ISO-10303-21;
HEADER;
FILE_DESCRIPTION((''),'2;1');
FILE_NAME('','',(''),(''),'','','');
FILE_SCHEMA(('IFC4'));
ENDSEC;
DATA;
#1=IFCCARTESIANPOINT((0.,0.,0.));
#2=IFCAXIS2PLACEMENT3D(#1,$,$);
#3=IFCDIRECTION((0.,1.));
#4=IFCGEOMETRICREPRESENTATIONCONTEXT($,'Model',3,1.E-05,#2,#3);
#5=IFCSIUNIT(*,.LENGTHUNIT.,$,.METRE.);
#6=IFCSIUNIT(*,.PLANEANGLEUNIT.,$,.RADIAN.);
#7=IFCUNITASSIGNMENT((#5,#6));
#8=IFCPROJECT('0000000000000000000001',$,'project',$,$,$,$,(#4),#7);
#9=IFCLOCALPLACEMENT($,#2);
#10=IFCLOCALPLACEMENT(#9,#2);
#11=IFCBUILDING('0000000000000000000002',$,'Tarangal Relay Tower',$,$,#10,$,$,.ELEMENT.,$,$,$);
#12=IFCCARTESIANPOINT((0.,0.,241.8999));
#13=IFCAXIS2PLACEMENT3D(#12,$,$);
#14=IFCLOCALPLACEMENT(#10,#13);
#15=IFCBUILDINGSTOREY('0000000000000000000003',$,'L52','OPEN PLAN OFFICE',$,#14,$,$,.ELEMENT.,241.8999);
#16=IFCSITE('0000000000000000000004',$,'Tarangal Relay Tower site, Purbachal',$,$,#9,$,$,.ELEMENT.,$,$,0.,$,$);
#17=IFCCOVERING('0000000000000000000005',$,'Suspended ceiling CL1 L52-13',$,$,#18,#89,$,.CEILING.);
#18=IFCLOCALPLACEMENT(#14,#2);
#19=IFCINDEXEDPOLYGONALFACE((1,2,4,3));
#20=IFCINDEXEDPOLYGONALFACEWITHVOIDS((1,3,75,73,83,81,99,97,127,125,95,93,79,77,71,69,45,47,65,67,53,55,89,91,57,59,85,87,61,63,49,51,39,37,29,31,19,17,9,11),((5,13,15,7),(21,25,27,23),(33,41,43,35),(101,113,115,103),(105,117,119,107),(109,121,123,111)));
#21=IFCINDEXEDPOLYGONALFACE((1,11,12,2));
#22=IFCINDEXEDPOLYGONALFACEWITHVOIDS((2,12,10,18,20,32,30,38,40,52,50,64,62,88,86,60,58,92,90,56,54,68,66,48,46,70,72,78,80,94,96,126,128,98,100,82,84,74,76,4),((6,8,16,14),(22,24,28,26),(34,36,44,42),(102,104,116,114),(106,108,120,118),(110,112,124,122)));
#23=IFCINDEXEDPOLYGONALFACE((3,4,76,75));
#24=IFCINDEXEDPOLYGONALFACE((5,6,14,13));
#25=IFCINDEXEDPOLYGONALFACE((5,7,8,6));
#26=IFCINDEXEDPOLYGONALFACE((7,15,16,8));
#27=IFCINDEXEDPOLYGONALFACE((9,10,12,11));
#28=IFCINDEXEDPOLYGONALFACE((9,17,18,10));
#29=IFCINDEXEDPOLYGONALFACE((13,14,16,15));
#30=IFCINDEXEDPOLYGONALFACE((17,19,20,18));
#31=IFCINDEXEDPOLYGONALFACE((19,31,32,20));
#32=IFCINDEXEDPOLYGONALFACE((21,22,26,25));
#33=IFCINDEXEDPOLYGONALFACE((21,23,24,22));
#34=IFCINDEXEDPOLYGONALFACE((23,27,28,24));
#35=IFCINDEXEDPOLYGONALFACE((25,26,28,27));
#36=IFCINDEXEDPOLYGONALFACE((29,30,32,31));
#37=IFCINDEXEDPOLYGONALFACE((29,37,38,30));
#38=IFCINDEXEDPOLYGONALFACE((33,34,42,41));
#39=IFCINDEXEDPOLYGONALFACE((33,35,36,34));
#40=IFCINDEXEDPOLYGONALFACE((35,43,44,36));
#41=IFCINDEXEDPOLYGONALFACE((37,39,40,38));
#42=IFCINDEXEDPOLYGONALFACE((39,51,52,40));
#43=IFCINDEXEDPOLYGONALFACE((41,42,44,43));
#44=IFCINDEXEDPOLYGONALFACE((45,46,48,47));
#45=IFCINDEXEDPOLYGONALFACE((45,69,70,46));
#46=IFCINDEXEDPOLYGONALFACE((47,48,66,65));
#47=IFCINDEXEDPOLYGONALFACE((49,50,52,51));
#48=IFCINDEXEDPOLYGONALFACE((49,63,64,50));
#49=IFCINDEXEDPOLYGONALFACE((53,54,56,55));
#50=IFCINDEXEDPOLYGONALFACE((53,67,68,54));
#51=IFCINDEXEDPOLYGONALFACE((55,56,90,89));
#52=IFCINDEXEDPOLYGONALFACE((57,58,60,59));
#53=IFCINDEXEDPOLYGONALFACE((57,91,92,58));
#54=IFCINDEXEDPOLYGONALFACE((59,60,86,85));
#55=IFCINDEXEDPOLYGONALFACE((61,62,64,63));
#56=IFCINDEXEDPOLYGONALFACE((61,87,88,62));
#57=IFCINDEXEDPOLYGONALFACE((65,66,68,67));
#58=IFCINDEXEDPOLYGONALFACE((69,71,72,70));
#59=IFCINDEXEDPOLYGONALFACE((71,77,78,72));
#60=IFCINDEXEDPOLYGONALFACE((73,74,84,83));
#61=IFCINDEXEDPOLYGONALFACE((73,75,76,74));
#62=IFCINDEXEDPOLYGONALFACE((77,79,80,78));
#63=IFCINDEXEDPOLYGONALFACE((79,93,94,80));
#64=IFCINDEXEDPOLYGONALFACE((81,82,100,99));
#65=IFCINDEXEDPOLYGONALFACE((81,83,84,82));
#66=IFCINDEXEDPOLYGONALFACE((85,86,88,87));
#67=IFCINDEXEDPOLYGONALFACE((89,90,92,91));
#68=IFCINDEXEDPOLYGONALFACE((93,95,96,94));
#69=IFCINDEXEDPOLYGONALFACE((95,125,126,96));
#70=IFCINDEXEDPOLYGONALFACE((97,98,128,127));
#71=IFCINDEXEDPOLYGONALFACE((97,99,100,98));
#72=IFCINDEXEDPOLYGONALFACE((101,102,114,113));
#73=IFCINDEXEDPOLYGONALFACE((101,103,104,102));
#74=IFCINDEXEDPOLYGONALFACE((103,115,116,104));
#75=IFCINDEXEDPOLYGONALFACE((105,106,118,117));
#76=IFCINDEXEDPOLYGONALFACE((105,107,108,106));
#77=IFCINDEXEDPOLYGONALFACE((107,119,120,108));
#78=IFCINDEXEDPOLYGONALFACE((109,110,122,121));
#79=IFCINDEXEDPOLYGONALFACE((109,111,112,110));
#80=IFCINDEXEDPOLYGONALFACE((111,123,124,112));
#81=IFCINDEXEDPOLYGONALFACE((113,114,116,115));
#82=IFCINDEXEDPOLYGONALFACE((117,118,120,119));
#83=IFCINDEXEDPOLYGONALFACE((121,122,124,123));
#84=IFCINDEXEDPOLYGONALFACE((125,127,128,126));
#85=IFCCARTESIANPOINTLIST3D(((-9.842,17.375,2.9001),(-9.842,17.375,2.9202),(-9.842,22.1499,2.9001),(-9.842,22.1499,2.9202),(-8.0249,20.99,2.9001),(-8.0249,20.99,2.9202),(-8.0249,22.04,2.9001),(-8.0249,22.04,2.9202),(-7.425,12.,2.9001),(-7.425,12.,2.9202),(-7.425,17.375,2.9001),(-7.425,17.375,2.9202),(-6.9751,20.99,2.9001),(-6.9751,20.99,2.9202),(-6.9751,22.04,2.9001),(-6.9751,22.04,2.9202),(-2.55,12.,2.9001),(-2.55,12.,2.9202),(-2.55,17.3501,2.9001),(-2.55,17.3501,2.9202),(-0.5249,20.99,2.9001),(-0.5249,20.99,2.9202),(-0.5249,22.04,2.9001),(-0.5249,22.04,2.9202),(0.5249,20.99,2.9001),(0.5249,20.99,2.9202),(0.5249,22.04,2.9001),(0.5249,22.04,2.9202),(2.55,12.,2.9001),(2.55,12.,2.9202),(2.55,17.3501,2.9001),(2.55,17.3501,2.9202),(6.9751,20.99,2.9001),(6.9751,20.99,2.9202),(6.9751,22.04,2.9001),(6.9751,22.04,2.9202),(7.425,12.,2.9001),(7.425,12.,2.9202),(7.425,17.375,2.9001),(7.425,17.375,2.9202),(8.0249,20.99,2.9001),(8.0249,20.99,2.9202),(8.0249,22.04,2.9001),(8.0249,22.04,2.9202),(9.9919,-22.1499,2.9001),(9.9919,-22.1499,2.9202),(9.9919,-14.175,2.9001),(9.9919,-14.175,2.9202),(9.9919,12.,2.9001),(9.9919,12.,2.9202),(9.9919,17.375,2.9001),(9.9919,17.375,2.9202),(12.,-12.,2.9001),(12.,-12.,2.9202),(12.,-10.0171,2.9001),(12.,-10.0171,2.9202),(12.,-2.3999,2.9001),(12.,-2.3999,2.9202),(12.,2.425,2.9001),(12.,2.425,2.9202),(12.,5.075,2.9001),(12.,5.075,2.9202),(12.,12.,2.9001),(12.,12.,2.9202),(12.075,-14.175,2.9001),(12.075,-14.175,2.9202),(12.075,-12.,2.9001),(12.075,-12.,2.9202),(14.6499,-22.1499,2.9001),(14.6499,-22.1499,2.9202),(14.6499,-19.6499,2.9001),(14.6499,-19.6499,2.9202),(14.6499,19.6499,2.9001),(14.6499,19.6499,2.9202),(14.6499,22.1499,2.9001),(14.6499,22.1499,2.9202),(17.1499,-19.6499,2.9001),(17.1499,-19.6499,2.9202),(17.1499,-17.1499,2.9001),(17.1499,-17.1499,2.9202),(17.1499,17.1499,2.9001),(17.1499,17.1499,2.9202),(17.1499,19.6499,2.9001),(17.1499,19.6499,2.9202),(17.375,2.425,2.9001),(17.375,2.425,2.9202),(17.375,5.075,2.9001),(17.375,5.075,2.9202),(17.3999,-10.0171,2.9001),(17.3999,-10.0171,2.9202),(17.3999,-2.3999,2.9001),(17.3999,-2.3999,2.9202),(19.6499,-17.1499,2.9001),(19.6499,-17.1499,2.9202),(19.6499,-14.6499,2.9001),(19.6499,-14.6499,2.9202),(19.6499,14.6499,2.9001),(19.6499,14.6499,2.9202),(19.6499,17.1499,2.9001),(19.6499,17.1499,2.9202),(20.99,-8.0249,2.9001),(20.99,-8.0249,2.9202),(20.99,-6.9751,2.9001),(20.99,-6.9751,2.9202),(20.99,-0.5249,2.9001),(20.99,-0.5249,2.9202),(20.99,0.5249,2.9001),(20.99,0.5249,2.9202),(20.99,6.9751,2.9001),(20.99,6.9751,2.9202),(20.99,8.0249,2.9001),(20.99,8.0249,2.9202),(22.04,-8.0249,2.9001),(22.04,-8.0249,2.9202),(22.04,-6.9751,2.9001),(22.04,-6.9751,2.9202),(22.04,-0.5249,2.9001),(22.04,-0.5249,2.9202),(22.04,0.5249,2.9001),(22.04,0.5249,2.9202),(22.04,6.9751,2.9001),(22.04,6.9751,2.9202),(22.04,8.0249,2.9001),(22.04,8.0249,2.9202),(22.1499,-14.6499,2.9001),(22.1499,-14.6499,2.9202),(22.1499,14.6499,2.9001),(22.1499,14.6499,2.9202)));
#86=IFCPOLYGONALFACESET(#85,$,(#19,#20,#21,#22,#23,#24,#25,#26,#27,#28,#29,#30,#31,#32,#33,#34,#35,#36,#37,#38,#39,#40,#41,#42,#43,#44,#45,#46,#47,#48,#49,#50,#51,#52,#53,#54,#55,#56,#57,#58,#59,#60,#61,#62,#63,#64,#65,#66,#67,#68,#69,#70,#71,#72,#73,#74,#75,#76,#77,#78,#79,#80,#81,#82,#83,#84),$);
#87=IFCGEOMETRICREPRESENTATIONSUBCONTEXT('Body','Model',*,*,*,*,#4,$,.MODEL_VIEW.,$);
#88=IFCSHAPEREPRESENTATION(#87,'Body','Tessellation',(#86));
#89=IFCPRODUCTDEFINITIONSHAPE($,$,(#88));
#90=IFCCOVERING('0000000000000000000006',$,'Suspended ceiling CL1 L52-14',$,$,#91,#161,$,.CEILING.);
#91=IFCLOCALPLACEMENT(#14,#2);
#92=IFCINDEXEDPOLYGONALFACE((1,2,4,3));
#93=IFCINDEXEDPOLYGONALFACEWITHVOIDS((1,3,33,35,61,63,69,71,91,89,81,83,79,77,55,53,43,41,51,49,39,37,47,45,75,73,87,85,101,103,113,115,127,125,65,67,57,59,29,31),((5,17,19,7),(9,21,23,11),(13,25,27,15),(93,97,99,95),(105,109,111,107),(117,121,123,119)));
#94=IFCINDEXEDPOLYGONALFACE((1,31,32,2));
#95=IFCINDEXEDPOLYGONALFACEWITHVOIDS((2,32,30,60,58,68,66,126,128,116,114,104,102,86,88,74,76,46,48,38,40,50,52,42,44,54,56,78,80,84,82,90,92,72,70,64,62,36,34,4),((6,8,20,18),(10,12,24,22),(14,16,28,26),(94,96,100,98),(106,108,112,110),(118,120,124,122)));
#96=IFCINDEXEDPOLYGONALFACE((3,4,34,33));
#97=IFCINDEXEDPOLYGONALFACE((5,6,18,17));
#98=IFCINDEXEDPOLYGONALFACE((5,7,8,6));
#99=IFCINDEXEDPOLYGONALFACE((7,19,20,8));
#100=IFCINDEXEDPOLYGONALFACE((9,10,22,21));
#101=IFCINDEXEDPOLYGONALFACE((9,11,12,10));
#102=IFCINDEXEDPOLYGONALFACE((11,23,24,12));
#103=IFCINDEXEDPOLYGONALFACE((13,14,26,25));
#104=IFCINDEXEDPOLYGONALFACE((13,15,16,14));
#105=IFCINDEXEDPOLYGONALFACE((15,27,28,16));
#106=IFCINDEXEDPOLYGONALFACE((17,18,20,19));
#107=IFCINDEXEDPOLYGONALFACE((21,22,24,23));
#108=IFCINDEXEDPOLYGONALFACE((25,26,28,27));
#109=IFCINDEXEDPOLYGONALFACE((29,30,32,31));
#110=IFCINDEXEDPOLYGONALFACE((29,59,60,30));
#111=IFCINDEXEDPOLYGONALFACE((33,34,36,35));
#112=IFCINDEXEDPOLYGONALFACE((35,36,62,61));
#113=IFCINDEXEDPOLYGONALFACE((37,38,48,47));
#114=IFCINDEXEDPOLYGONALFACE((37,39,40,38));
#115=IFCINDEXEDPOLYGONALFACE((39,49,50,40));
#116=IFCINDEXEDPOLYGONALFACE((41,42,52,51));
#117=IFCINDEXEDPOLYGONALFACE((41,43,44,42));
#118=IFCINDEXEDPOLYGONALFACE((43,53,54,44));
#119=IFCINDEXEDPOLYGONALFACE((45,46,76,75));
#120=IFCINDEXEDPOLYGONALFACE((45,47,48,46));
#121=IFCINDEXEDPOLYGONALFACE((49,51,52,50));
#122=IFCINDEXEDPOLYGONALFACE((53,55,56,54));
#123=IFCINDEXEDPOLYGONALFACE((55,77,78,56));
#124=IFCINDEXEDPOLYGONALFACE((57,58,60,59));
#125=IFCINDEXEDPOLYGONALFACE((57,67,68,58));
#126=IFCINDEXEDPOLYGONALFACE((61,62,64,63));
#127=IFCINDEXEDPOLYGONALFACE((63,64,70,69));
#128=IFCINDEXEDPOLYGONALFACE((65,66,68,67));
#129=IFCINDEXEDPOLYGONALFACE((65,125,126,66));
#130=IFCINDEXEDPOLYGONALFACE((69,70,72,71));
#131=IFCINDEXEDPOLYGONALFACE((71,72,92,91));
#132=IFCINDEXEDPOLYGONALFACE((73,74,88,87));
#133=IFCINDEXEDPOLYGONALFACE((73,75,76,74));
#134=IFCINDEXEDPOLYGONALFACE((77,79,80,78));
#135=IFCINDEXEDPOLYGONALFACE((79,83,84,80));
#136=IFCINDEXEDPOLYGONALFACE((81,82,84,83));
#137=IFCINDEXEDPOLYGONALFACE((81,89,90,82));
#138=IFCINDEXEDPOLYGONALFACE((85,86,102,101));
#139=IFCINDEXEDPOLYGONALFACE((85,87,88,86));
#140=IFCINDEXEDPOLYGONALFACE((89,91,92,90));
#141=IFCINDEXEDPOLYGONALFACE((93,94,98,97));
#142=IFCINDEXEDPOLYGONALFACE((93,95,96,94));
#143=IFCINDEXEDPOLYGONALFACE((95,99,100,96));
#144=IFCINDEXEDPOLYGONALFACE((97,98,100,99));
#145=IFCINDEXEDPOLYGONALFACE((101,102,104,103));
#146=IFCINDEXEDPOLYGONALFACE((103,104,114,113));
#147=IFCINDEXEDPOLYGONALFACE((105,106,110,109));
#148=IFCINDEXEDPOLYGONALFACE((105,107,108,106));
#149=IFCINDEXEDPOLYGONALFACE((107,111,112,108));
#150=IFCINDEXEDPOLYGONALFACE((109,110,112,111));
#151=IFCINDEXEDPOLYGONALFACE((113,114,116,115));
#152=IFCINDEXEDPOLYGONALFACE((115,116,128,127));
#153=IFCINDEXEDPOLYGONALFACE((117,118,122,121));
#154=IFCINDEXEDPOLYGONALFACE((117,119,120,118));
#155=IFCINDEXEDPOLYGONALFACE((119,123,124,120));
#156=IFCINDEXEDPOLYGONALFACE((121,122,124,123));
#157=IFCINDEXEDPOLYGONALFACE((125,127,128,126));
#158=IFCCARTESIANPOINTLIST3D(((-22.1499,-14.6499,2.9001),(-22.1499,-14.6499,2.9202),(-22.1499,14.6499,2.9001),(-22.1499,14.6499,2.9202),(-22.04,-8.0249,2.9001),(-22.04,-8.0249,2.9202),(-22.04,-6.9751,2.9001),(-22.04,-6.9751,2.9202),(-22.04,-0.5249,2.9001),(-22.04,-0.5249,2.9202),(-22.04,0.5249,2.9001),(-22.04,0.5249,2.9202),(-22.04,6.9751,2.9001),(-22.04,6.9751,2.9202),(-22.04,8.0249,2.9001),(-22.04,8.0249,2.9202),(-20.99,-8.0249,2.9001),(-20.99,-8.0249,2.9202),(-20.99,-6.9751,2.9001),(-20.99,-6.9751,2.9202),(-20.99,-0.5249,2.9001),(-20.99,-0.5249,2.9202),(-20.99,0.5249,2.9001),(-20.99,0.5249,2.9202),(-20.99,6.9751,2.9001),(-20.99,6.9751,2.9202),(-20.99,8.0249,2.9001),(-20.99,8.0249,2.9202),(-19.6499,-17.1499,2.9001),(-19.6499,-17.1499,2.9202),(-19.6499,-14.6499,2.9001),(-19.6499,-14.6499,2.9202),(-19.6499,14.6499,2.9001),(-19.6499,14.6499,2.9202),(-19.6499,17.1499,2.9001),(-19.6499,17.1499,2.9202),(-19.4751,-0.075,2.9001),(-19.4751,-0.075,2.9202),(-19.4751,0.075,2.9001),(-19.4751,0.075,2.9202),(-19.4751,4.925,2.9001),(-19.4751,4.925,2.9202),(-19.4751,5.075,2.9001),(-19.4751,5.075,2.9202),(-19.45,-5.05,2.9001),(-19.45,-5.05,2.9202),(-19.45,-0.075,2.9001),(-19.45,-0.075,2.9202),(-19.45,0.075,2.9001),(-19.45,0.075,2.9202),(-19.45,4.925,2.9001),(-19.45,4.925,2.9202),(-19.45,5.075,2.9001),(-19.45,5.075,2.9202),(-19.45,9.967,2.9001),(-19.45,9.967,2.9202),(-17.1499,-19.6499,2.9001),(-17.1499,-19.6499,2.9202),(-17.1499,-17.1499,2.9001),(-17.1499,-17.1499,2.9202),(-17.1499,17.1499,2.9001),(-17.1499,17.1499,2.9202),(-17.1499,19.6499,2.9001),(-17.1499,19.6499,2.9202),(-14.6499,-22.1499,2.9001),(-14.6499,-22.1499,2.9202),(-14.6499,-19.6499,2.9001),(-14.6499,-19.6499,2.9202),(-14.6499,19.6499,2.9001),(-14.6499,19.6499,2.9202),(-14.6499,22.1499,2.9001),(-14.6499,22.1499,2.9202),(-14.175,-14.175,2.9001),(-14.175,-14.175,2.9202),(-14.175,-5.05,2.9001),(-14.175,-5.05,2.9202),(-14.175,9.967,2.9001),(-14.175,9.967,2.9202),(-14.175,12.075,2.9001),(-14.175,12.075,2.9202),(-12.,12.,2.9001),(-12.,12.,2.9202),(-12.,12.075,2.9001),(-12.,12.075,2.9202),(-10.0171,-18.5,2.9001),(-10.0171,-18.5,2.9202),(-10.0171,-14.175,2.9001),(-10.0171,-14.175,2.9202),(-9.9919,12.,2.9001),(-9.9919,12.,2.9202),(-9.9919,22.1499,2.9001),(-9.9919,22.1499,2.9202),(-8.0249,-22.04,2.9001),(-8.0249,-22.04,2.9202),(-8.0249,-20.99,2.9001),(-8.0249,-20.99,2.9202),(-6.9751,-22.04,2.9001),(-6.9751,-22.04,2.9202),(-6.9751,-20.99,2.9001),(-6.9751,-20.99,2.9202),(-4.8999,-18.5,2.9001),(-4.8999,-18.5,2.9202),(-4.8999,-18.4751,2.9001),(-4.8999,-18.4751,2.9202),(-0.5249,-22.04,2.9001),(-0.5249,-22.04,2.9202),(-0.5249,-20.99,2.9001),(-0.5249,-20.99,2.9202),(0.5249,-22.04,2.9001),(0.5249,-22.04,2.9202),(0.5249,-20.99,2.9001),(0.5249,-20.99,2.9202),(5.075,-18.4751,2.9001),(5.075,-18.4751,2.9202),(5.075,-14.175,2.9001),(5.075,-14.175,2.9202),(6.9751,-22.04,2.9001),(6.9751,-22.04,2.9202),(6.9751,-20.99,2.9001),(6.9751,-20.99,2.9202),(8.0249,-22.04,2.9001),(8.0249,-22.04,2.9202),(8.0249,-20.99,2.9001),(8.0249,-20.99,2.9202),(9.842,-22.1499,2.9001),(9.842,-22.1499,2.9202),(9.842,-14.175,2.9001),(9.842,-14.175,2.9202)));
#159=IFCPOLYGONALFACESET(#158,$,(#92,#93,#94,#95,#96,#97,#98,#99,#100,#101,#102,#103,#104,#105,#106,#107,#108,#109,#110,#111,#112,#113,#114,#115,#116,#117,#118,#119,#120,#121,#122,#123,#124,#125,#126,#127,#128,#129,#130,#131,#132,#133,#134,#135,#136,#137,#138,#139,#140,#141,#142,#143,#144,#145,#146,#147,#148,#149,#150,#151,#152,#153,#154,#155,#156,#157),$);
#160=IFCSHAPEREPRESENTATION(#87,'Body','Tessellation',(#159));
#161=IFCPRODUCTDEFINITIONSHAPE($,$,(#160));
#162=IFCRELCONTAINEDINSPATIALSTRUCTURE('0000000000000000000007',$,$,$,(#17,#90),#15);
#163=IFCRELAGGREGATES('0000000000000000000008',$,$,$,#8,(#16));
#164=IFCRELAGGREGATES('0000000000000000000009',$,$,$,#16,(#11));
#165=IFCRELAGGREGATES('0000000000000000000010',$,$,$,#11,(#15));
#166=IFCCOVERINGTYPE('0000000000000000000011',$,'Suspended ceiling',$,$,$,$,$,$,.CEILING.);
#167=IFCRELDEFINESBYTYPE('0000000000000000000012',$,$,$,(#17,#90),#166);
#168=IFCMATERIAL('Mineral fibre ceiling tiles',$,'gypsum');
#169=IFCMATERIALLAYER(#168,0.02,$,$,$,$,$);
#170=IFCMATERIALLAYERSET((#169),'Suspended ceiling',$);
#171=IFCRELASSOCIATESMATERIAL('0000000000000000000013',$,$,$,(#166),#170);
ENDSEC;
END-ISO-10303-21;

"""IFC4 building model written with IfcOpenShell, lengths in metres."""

from ifc_helpers import new_model, si_unit, direction, frame, origin, place, context, subcontext, project, spatial, polyline, outline, extrude, material, layer, layer_set, type_object, element, save


model = new_model("IFC4")

# Units and contexts
model_context = context("Model", 3, precision=1e-05, world=origin(), true_north=direction((0.0, 1.0)))
body_context = subcontext(model_context, "Body", "Model", "MODEL_VIEW")
ifc_project = project(units=[si_unit("LENGTHUNIT", "METRE"), si_unit("PLANEANGLEUNIT", "RADIAN")], contexts=[model_context])

# Site, building, storey
site_placement = place(None, origin())
site = spatial("IfcSite", under=ifc_project, at=site_placement, Name="Tarangal Relay Tower site, Purbachal", CompositionType="ELEMENT", RefElevation=0.0)
building_placement = place(site_placement, origin())
building = spatial("IfcBuilding", under=site, at=building_placement, Name="Tarangal Relay Tower", CompositionType="ELEMENT")
storey_placement = place(building_placement, frame((0.0, 0.0, 241.8999)))
storey = spatial("IfcBuildingStorey", under=building, at=storey_placement, Name="L52", Description="OPEN PLAN OFFICE", CompositionType="ELEMENT", Elevation=241.8999)

# Coverings
ifc_material_1 = material(Name="Mineral fibre ceiling tiles", Category="gypsum")
ifc_layer_1 = layer(ifc_material_1, 0.02)
ifc_layer_set_1 = layer_set([ifc_layer_1], Name="Suspended ceiling")
covering_type = type_object("IfcCoveringType", Name="Suspended ceiling", PredefinedType="CEILING", material=ifc_layer_set_1)
covering_1_placement = place(storey_placement, frame((0.0, 0.0, 2.9001)))
element("IfcCovering", 1, at=covering_1_placement, inside=storey, type_object=covering_type, Name="Suspended ceiling CL1 L52-13", PredefinedType="CEILING", context=body_context, shape_type="SweptSolid", body=[
    extrude(outline(polyline([(7.425, 12.0), (7.425, 17.375), (9.9919, 17.375), (9.9919, 12.0), (12.0, 12.0), (12.0, 5.075), (17.375, 5.075), (17.375, 2.425), (12.0, 2.425), (12.0, -2.3999), (17.3999, -2.3999), (17.3999, -10.0171), (12.0, -10.0171), (12.0, -12.0), (12.075, -12.0), (12.075, -14.175), (9.9919, -14.175), (9.9919, -22.1499), (14.6499, -22.1499), (14.6499, -19.6499), (17.1499, -19.6499), (17.1499, -17.1499), (19.6499, -17.1499), (19.6499, -14.6499), (22.1499, -14.6499), (22.1499, 14.6499), (19.6499, 14.6499), (19.6499, 17.1499), (17.1499, 17.1499), (17.1499, 19.6499), (14.6499, 19.6499), (14.6499, 22.1499), (-9.842, 22.1499), (-9.842, 17.375), (-7.425, 17.375), (-7.425, 12.0), (-2.55, 12.0), (-2.55, 17.3501), (2.55, 17.3501), (2.55, 12.0), (7.425, 12.0)]), holes=[polyline([(20.99, -8.0249), (22.04, -8.0249), (22.04, -6.9751), (20.99, -6.9751), (20.99, -8.0249)]), polyline([(20.99, 0.5249), (20.99, -0.5249), (22.04, -0.5249), (22.04, 0.5249), (20.99, 0.5249)]), polyline([(20.99, 8.0249), (20.99, 6.9751), (22.04, 6.9751), (22.04, 8.0249), (20.99, 8.0249)]), polyline([(-8.0249, 20.99), (-6.9751, 20.99), (-6.9751, 22.04), (-8.0249, 22.04), (-8.0249, 20.99)]), polyline([(-0.5249, 22.04), (-0.5249, 20.99), (0.5249, 20.99), (0.5249, 22.04), (-0.5249, 22.04)]), polyline([(6.9751, 22.04), (6.9751, 20.99), (8.0249, 20.99), (8.0249, 22.04), (6.9751, 22.04)])]), origin(), (0.0, 0.0, 1.0), 0.02),
])
covering_2_placement = place(storey_placement, frame((0.0, 0.0, 2.9001)))
element("IfcCovering", 2, at=covering_2_placement, inside=storey, type_object=covering_type, Name="Suspended ceiling CL1 L52-14", PredefinedType="CEILING", context=body_context, shape_type="SweptSolid", body=[
    extrude(outline(polyline([(-14.6499, -22.1499), (9.842, -22.1499), (9.842, -14.175), (5.075, -14.175), (5.075, -18.4751), (-4.8999, -18.4751), (-4.8999, -18.5), (-10.0171, -18.5), (-10.0171, -14.175), (-14.175, -14.175), (-14.175, -5.05), (-19.45, -5.05), (-19.45, -0.075), (-19.4751, -0.075), (-19.4751, 0.075), (-19.45, 0.075), (-19.45, 4.925), (-19.4751, 4.925), (-19.4751, 5.075), (-19.45, 5.075), (-19.45, 9.967), (-14.175, 9.967), (-14.175, 12.075), (-12.0, 12.075), (-12.0, 12.0), (-9.9919, 12.0), (-9.9919, 22.1499), (-14.6499, 22.1499), (-14.6499, 19.6499), (-17.1499, 19.6499), (-17.1499, 17.1499), (-19.6499, 17.1499), (-19.6499, 14.6499), (-22.1499, 14.6499), (-22.1499, -14.6499), (-19.6499, -14.6499), (-19.6499, -17.1499), (-17.1499, -17.1499), (-17.1499, -19.6499), (-14.6499, -19.6499), (-14.6499, -22.1499)]), holes=[polyline([(-8.0249, -22.04), (-6.9751, -22.04), (-6.9751, -20.99), (-8.0249, -20.99), (-8.0249, -22.04)]), polyline([(-0.5249, -20.99), (-0.5249, -22.04), (0.5249, -22.04), (0.5249, -20.99), (-0.5249, -20.99)]), polyline([(6.9751, -20.99), (6.9751, -22.04), (8.0249, -22.04), (8.0249, -20.99), (6.9751, -20.99)]), polyline([(-22.04, -8.0249), (-20.99, -8.0249), (-20.99, -6.9751), (-22.04, -6.9751), (-22.04, -8.0249)]), polyline([(-22.04, 0.5249), (-22.04, -0.5249), (-20.99, -0.5249), (-20.99, 0.5249), (-22.04, 0.5249)]), polyline([(-22.04, 8.0249), (-22.04, 6.9751), (-20.99, 6.9751), (-20.99, 8.0249), (-22.04, 8.0249)])]), origin(), (0.0, 0.0, 1.0), 0.02),
])

save(model, "model.ifc")
